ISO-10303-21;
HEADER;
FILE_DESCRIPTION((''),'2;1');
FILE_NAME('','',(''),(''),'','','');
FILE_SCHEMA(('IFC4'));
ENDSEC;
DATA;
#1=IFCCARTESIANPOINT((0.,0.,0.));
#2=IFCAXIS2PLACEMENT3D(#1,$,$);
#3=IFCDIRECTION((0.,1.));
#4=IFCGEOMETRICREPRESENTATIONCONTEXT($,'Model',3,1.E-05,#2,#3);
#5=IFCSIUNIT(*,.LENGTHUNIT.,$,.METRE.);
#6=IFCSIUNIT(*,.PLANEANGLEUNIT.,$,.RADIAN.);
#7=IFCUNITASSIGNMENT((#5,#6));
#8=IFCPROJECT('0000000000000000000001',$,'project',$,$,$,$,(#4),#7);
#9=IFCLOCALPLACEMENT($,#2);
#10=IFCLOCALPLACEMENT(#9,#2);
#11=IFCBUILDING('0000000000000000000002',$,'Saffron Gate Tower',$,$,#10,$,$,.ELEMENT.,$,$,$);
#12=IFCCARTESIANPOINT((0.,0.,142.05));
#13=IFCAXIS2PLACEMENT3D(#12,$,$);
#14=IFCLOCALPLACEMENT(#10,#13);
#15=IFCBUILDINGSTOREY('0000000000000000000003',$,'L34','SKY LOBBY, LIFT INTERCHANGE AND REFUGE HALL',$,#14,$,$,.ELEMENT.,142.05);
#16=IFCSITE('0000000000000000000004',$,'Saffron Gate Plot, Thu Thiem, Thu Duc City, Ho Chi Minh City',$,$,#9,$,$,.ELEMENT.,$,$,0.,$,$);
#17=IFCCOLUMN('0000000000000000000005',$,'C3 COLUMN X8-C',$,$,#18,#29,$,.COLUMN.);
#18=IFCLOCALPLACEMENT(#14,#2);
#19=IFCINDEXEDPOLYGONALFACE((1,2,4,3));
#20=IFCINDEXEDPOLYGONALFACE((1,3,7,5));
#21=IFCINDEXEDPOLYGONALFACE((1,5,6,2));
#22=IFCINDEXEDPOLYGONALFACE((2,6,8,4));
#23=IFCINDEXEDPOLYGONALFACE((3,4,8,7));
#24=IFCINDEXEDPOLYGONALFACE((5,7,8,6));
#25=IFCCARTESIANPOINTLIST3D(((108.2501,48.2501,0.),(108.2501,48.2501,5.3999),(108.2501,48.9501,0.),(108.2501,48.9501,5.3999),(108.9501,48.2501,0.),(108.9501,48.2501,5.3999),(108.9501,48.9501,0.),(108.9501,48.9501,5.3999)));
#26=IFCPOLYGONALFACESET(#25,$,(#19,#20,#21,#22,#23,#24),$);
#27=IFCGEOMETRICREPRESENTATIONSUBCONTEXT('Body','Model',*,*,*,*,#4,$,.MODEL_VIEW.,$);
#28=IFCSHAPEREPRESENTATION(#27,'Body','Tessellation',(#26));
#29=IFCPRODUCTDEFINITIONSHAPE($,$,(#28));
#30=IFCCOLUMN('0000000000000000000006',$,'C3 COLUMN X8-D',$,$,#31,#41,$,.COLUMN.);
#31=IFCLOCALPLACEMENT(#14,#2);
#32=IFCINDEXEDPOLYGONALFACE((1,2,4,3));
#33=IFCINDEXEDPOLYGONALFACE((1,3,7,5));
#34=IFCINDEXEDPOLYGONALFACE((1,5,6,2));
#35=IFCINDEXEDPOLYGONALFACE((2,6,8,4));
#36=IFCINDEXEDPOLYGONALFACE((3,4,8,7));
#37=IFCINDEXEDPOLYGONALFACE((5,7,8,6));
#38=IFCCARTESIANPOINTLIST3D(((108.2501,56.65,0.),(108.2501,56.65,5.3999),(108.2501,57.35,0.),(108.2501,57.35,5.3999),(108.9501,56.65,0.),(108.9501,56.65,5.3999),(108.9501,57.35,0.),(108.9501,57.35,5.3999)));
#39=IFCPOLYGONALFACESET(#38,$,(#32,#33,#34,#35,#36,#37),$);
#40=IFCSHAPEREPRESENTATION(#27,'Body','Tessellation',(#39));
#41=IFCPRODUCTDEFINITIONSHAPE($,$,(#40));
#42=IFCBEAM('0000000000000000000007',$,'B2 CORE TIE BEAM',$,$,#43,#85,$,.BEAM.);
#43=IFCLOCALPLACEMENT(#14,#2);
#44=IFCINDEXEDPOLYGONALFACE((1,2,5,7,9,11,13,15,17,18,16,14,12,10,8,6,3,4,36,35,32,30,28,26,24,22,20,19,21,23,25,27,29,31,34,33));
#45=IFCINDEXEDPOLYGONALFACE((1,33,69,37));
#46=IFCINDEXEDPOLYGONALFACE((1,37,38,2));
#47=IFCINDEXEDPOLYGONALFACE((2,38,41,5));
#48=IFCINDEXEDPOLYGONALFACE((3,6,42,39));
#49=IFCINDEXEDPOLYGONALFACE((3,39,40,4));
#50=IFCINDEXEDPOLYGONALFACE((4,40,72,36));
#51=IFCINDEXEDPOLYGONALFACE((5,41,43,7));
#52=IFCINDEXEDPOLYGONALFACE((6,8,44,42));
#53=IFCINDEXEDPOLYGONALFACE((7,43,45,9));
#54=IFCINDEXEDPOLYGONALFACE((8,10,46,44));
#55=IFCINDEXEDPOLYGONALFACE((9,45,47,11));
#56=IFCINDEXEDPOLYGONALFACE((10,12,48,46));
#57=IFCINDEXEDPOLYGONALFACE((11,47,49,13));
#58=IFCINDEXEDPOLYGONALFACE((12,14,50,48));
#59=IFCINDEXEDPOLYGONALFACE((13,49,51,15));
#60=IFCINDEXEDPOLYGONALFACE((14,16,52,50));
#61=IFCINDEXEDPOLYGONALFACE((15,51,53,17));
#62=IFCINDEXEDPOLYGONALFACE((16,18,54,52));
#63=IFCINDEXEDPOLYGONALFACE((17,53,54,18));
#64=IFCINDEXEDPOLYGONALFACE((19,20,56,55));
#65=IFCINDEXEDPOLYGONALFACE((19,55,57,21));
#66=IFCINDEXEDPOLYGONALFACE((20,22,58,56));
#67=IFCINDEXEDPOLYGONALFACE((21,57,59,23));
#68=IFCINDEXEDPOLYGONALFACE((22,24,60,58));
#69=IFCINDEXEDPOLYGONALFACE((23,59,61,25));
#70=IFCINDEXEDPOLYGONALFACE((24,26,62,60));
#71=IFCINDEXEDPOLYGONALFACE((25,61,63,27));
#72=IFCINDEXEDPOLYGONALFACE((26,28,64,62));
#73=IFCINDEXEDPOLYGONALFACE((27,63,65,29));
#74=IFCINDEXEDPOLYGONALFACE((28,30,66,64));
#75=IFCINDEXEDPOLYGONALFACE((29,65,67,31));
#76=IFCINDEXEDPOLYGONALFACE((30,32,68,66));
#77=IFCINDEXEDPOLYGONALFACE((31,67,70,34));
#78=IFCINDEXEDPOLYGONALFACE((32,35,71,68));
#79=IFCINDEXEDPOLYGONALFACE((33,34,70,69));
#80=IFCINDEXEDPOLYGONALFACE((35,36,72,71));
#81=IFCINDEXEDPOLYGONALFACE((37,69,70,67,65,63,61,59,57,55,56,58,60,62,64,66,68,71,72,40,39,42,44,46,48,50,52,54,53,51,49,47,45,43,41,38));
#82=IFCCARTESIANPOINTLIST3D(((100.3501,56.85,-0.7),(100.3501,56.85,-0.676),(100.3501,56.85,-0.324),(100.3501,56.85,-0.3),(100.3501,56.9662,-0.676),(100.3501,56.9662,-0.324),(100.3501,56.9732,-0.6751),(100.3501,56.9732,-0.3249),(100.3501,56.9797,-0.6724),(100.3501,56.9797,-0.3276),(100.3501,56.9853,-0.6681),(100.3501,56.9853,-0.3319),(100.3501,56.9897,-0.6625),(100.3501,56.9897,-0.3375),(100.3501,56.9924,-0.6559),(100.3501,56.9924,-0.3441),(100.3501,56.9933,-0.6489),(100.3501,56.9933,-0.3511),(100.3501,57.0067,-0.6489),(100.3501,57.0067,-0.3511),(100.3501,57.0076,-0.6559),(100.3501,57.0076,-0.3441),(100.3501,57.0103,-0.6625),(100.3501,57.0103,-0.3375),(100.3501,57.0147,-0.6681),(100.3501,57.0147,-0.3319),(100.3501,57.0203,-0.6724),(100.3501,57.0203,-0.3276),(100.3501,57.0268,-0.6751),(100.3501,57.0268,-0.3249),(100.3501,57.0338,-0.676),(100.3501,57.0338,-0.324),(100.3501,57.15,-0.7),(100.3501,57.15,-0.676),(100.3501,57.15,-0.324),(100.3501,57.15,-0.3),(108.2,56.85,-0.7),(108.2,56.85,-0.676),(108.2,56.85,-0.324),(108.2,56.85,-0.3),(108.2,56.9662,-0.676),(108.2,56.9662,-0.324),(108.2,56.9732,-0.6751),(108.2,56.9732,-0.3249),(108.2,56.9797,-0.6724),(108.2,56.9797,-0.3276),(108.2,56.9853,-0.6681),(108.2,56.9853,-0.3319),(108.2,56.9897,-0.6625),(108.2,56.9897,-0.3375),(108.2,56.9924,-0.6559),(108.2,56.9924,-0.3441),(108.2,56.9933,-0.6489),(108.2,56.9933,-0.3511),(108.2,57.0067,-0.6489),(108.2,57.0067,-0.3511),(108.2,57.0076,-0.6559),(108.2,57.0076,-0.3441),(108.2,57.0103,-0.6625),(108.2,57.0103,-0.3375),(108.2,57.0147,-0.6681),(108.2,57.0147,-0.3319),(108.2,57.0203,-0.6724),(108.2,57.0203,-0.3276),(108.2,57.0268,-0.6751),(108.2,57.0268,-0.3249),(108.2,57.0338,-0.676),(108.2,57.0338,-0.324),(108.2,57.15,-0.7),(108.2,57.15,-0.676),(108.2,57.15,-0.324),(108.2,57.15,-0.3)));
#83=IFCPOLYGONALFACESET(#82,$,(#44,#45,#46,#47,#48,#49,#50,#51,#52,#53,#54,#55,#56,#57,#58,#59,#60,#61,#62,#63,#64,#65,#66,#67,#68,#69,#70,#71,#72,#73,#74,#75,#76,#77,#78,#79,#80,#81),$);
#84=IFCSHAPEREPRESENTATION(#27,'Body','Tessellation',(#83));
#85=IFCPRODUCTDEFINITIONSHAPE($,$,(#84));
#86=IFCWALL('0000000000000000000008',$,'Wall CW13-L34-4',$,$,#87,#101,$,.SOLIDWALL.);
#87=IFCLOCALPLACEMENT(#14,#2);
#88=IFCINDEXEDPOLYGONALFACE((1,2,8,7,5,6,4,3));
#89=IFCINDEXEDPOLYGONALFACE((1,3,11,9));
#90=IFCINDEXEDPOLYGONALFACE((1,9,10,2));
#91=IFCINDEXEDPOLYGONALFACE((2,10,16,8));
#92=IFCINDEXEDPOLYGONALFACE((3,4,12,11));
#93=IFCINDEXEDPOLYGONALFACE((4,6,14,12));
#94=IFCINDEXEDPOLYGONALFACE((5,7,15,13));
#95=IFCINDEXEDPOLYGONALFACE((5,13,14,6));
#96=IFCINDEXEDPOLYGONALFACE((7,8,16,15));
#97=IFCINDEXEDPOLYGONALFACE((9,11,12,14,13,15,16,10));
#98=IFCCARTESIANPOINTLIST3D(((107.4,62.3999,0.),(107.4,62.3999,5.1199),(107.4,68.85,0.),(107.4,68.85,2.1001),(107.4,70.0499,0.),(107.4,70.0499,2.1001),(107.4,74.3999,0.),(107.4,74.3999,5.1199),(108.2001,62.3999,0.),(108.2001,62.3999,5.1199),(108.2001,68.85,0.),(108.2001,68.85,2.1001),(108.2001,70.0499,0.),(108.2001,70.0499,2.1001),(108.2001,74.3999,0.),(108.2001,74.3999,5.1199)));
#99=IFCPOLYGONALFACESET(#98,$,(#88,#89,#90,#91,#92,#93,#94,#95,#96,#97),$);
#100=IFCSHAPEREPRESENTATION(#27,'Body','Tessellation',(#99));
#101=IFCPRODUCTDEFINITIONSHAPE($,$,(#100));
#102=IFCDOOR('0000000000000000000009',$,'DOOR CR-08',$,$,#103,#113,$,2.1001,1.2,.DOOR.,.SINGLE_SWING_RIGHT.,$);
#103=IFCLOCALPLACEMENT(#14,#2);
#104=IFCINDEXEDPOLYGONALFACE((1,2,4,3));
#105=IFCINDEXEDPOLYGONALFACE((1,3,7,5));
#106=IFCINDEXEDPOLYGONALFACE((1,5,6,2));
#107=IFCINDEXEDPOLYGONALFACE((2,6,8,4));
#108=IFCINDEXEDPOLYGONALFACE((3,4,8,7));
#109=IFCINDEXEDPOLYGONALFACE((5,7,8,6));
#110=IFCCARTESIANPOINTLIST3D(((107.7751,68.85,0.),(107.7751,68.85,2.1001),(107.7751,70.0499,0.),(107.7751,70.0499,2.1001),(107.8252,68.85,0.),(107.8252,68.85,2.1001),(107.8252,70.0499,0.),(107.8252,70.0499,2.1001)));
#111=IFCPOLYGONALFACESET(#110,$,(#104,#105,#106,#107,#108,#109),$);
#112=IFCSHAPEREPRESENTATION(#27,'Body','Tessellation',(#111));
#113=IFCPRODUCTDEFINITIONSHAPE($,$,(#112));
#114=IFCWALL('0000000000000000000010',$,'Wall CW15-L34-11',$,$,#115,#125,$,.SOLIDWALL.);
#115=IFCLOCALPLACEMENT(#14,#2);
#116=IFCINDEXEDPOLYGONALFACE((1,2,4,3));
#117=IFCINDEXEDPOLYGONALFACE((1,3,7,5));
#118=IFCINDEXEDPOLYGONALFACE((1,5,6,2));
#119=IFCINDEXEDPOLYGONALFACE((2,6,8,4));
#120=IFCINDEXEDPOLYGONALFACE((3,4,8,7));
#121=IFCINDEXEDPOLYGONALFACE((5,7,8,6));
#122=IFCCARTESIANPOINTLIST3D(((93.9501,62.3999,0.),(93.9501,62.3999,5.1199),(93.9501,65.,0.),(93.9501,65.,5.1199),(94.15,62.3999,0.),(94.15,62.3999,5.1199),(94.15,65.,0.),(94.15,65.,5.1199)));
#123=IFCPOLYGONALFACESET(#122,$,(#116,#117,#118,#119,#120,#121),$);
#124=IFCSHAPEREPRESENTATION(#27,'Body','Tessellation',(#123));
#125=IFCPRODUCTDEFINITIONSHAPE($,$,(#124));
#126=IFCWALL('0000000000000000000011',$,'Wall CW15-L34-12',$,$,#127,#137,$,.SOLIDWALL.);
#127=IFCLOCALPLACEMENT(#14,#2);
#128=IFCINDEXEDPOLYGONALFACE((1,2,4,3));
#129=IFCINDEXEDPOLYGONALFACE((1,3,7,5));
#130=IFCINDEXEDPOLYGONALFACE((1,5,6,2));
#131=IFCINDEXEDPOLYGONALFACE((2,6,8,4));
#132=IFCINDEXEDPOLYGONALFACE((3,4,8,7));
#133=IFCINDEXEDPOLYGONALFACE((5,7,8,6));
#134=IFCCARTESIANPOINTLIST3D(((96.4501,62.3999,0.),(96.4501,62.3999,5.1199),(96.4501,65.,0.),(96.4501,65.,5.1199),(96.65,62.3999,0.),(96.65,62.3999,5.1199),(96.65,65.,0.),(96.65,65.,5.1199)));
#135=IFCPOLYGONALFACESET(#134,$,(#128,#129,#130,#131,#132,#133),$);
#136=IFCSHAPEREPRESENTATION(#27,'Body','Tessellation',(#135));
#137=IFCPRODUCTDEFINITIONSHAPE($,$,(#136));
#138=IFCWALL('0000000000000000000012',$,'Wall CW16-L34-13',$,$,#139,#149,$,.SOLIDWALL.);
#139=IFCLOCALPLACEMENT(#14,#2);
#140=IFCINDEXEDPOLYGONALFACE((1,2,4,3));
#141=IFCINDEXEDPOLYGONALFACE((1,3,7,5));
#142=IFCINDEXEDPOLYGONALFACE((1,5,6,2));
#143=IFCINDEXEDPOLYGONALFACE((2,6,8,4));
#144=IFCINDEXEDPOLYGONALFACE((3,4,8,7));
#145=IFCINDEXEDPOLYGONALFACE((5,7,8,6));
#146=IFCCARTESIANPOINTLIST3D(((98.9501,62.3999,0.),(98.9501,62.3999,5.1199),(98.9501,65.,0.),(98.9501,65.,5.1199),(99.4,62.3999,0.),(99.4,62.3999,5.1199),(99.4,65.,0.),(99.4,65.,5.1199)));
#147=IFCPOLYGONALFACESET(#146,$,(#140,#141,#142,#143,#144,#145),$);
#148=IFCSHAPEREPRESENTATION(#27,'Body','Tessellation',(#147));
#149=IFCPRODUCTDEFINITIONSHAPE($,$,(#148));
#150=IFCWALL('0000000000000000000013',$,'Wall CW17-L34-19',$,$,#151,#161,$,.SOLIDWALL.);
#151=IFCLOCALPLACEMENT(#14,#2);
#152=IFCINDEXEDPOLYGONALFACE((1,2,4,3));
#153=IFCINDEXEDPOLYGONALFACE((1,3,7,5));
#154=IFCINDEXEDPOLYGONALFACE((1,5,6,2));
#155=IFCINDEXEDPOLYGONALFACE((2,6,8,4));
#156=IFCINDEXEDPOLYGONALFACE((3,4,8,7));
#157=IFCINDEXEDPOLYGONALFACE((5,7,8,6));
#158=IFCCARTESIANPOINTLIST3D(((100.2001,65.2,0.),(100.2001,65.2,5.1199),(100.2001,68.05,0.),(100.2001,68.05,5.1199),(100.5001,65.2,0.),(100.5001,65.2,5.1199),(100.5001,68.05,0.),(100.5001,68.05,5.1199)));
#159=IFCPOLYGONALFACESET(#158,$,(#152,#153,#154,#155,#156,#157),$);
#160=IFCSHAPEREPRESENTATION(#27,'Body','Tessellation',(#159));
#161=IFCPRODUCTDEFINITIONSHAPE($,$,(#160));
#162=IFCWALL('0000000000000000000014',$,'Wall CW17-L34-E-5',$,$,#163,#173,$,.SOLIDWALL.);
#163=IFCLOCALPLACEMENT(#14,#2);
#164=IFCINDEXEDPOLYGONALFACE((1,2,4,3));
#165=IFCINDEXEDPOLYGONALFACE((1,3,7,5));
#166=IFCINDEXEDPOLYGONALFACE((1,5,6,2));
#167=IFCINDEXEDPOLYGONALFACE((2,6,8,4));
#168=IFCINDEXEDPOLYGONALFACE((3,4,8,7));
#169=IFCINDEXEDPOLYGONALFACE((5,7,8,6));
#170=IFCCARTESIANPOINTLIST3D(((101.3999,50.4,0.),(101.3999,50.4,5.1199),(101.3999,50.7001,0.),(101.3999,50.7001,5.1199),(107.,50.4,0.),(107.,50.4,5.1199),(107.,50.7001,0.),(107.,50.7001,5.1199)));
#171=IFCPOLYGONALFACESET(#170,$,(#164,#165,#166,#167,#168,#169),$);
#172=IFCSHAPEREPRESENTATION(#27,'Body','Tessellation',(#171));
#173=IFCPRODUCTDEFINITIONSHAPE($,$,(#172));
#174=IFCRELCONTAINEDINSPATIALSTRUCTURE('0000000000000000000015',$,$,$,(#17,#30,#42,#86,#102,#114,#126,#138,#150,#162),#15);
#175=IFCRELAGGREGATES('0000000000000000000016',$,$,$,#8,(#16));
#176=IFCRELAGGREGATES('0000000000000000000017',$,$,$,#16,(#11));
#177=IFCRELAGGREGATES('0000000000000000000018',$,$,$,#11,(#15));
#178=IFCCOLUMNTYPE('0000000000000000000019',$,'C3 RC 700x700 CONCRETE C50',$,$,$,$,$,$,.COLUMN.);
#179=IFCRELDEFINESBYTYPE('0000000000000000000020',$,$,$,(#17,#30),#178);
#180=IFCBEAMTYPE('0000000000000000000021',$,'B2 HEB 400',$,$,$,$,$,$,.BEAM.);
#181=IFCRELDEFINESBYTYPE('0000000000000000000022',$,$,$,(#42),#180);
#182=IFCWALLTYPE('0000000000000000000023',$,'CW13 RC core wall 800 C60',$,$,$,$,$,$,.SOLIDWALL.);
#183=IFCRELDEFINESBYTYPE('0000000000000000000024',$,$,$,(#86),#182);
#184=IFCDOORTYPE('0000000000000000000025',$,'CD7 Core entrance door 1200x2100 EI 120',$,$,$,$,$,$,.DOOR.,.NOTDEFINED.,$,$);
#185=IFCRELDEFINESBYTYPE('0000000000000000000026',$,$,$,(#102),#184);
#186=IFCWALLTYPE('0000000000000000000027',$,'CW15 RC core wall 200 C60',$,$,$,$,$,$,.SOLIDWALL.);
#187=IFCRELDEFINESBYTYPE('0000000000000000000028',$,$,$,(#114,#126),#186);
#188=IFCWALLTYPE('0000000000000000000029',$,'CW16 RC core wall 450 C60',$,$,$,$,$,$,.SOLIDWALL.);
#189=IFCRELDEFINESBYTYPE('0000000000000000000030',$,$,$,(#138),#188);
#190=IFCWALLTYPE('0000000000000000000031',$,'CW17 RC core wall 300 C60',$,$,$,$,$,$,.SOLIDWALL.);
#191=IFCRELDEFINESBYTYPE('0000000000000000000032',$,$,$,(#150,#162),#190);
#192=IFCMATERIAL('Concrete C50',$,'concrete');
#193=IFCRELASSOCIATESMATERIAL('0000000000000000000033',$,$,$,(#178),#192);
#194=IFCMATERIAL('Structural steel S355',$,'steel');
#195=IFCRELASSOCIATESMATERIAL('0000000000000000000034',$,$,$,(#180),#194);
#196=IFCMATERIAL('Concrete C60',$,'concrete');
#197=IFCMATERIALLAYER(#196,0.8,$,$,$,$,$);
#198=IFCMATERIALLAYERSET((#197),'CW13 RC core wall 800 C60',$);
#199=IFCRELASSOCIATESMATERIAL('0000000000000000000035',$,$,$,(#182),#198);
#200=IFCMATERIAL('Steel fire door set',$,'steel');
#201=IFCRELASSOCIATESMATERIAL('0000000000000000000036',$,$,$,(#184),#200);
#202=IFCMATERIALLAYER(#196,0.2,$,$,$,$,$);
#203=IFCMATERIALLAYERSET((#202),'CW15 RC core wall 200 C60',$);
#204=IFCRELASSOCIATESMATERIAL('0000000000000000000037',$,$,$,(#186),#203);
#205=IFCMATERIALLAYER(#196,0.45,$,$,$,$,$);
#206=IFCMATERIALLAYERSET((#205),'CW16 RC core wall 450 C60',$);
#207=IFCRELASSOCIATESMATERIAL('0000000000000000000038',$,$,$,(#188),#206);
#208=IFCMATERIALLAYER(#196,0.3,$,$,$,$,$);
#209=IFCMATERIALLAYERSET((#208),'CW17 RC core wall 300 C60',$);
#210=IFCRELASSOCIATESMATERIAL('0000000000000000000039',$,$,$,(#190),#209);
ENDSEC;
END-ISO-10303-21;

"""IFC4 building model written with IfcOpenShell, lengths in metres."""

from ifc_helpers import new_model, si_unit, direction, frame, frame_2d, origin, origin_2d, place, context, subcontext, project, spatial, rectangle, i_section, extrude, material, layer, layer_set, material_profile, profile_set, type_object, element, fill, save


model = new_model("IFC4")

# Units and contexts
model_context = context("Model", 3, precision=1e-05, world=origin(), true_north=direction((0.0, 1.0)))
body_context = subcontext(model_context, "Body", "Model", "MODEL_VIEW")
ifc_project = project(units=[si_unit("LENGTHUNIT", "METRE"), si_unit("PLANEANGLEUNIT", "RADIAN")], contexts=[model_context])

# Site, building, storey
site_placement = place(None, origin())
site = spatial("IfcSite", under=ifc_project, at=site_placement, Name="Saffron Gate Plot, Thu Thiem, Thu Duc City, Ho Chi Minh City", CompositionType="ELEMENT", RefElevation=0.0)
building_placement = place(site_placement, origin())
building = spatial("IfcBuilding", under=site, at=building_placement, Name="Saffron Gate Tower", CompositionType="ELEMENT")
storey_placement = place(building_placement, frame((0.0, 0.0, 142.05)))
storey = spatial("IfcBuildingStorey", under=building, at=storey_placement, Name="L34", Description="SKY LOBBY, LIFT INTERCHANGE AND REFUGE HALL", CompositionType="ELEMENT", Elevation=142.05)

# Columns
ifc_material_1 = material(Name="Concrete C50", Category="concrete")
ifc_material_profile_1 = material_profile(ifc_material_1, rectangle(XDim=0.7, YDim=0.7, at=origin_2d()))
ifc_profile_set_1 = profile_set([ifc_material_profile_1], Name="Concrete C50")
column_type = type_object("IfcColumnType", Name="C3 RC 700x700 CONCRETE C50", PredefinedType="COLUMN", material=ifc_profile_set_1)
for number, where, z_axis, x_axis, name in (
    (1, (108.6001, 48.6001, 0.0), (0.0, 0.0, 1.0), (1.0, 0.0, 0.0), "C3 COLUMN X8-C"),
    (2, (108.6001, 57.0, 0.0), (0.0, 0.0, 1.0), (1.0, 0.0, 0.0), "C3 COLUMN X8-D"),
):
    element("IfcColumn", number, at=place(storey_placement, frame(where, z_axis=z_axis, x_axis=x_axis)), inside=storey, type_object=column_type, Name=name, PredefinedType="COLUMN", context=body_context, shape_type="SweptSolid", body=[
        extrude(rectangle(XDim=0.7, YDim=0.7, at=origin_2d()), origin(), (0.0, 0.0, 1.0), 5.3999),
    ])

# Beam
ifc_material_2 = material(Name="Structural steel S355", Category="steel")
ifc_material_profile_2 = material_profile(ifc_material_2, i_section(OverallWidth=0.3, OverallDepth=0.3999, WebThickness=0.0134, FlangeThickness=0.0239, FilletRadius=0.0271, at=origin_2d()))
ifc_profile_set_2 = profile_set([ifc_material_profile_2], Name="Structural steel S355")
beam_type = type_object("IfcBeamType", Name="B2 HEB 400", PredefinedType="BEAM", material=ifc_profile_set_2)
beam_placement = place(storey_placement, frame((108.2, 57.0, -0.5), z_axis=(-1.0, 0.0, 0.0), x_axis=(0.0, -1.0, 0.0)))
element("IfcBeam", 3, at=beam_placement, inside=storey, type_object=beam_type, Name="B2 CORE TIE BEAM", PredefinedType="BEAM", context=body_context, shape_type="SweptSolid", body=[
    extrude(i_section(OverallWidth=0.3, OverallDepth=0.3999, WebThickness=0.0134, FlangeThickness=0.0239, FilletRadius=0.0271, at=origin_2d()), origin(), (0.0, 0.0, 1.0), 7.8499),
])

# Wall, opening, door
ifc_material_3 = material(Name="Concrete C60", Category="concrete")
ifc_layer_1 = layer(ifc_material_3, 0.8)
ifc_layer_set_1 = layer_set([ifc_layer_1], Name="CW13 RC core wall 800 C60")
wall_type_1 = type_object("IfcWallType", Name="CW13 RC core wall 800 C60", PredefinedType="SOLIDWALL", material=ifc_layer_set_1)
wall_1_placement = place(storey_placement, frame((107.8, 62.3999, 0.0), z_axis=(0.0, 0.0, 1.0), x_axis=(0.0, 1.0, 0.0)))
wall_1 = element("IfcWall", 4, at=wall_1_placement, inside=storey, type_object=wall_type_1, Name="Wall CW13-L34-4", PredefinedType="SOLIDWALL", context=body_context, shape_type="SweptSolid", body=[
    extrude(rectangle(XDim=12.0, YDim=0.8, at=frame_2d((6.0, 0.0))), origin(), (0.0, 0.0, 1.0), 5.1199),
])
opening_1_placement = place(wall_1_placement, frame((6.45, 0.0, 0.0)))
opening_1 = element("IfcOpeningElement", 5, at=opening_1_placement, cuts=wall_1, PredefinedType="OPENING", context=body_context, shape_type="SweptSolid", body=[
    extrude(rectangle(XDim=1.2, YDim=2.1001, at=frame_2d((0.6001, 1.05))), frame((0.0, 0.4102, 0.0), z_axis=(0.0, -1.0, 0.0), x_axis=(1.0, 0.0, 0.0)), (0.0, 0.0, 1.0), 0.8201),
])
ifc_material_4 = material(Name="Steel fire door set", Category="steel")
door_type_1 = type_object("IfcDoorType", Name="CD7 Core entrance door 1200x2100 EI 120", OperationType="NOTDEFINED", PredefinedType="DOOR", material=ifc_material_4)
door_1_placement = place(opening_1_placement, origin())
door_1 = element("IfcDoor", 6, at=door_1_placement, inside=storey, type_object=door_type_1, Name="DOOR CR-08", OperationType="SINGLE_SWING_RIGHT", OverallHeight=2.1001, OverallWidth=1.2, PredefinedType="DOOR", context=body_context, shape_type="SweptSolid", body=[
    extrude(rectangle(XDim=1.2, YDim=2.1001, at=frame_2d((0.6001, 1.05))), frame((0.0, 0.0249, 0.0), z_axis=(0.0, -1.0, 0.0), x_axis=(1.0, 0.0, 0.0)), (0.0, 0.0, 1.0), 0.05),
])
fill(opening_1, door_1)

# Walls
ifc_layer_2 = layer(ifc_material_3, 0.2)
ifc_layer_set_2 = layer_set([ifc_layer_2], Name="CW15 RC core wall 200 C60")
wall_type_2 = type_object("IfcWallType", Name="CW15 RC core wall 200 C60", PredefinedType="SOLIDWALL", material=ifc_layer_set_2)
for number, where, z_axis, x_axis, name in (
    (7, (94.05, 62.3999, 0.0), (0.0, 0.0, 1.0), (0.0, 1.0, 0.0), "Wall CW15-L34-11"),
    (8, (96.55, 62.3999, 0.0), (0.0, 0.0, 1.0), (0.0, 1.0, 0.0), "Wall CW15-L34-12"),
):
    element("IfcWall", number, at=place(storey_placement, frame(where, z_axis=z_axis, x_axis=x_axis)), inside=storey, type_object=wall_type_2, Name=name, PredefinedType="SOLIDWALL", context=body_context, shape_type="SweptSolid", body=[
        extrude(rectangle(XDim=2.6001, YDim=0.2, at=frame_2d((1.3, 0.0))), origin(), (0.0, 0.0, 1.0), 5.1199),
    ])
ifc_layer_3 = layer(ifc_material_3, 0.45)
ifc_layer_set_3 = layer_set([ifc_layer_3], Name="CW16 RC core wall 450 C60")
wall_type_3 = type_object("IfcWallType", Name="CW16 RC core wall 450 C60", PredefinedType="SOLIDWALL", material=ifc_layer_set_3)
wall_2_placement = place(storey_placement, frame((99.175, 62.3999, 0.0), z_axis=(0.0, 0.0, 1.0), x_axis=(0.0, 1.0, 0.0)))
element("IfcWall", 9, at=wall_2_placement, inside=storey, type_object=wall_type_3, Name="Wall CW16-L34-13", PredefinedType="SOLIDWALL", context=body_context, shape_type="SweptSolid", body=[
    extrude(rectangle(XDim=2.6001, YDim=0.45, at=frame_2d((1.3, 0.0))), origin(), (0.0, 0.0, 1.0), 5.1199),
])
ifc_layer_4 = layer(ifc_material_3, 0.3)
ifc_layer_set_4 = layer_set([ifc_layer_4], Name="CW17 RC core wall 300 C60")
wall_type_4 = type_object("IfcWallType", Name="CW17 RC core wall 300 C60", PredefinedType="SOLIDWALL", material=ifc_layer_set_4)
wall_3_placement = place(storey_placement, frame((100.3501, 65.2, 0.0), z_axis=(0.0, 0.0, 1.0), x_axis=(0.0, 1.0, 0.0)))
element("IfcWall", 10, at=wall_3_placement, inside=storey, type_object=wall_type_4, Name="Wall CW17-L34-19", PredefinedType="SOLIDWALL", context=body_context, shape_type="SweptSolid", body=[
    extrude(rectangle(XDim=2.8501, YDim=0.3, at=frame_2d((1.425, 0.0))), origin(), (0.0, 0.0, 1.0), 5.1199),
])
wall_4_placement = place(storey_placement, frame((101.3999, 50.55, 0.0), z_axis=(0.0, 0.0, 1.0), x_axis=(1.0, 0.0, 0.0)))
element("IfcWall", 11, at=wall_4_placement, inside=storey, type_object=wall_type_4, Name="Wall CW17-L34-E-5", PredefinedType="SOLIDWALL", context=body_context, shape_type="SweptSolid", body=[
    extrude(rectangle(XDim=5.6001, YDim=0.3, at=frame_2d((2.8, 0.0))), origin(), (0.0, 0.0, 1.0), 5.1199),
])

save(model, "model.ifc")
